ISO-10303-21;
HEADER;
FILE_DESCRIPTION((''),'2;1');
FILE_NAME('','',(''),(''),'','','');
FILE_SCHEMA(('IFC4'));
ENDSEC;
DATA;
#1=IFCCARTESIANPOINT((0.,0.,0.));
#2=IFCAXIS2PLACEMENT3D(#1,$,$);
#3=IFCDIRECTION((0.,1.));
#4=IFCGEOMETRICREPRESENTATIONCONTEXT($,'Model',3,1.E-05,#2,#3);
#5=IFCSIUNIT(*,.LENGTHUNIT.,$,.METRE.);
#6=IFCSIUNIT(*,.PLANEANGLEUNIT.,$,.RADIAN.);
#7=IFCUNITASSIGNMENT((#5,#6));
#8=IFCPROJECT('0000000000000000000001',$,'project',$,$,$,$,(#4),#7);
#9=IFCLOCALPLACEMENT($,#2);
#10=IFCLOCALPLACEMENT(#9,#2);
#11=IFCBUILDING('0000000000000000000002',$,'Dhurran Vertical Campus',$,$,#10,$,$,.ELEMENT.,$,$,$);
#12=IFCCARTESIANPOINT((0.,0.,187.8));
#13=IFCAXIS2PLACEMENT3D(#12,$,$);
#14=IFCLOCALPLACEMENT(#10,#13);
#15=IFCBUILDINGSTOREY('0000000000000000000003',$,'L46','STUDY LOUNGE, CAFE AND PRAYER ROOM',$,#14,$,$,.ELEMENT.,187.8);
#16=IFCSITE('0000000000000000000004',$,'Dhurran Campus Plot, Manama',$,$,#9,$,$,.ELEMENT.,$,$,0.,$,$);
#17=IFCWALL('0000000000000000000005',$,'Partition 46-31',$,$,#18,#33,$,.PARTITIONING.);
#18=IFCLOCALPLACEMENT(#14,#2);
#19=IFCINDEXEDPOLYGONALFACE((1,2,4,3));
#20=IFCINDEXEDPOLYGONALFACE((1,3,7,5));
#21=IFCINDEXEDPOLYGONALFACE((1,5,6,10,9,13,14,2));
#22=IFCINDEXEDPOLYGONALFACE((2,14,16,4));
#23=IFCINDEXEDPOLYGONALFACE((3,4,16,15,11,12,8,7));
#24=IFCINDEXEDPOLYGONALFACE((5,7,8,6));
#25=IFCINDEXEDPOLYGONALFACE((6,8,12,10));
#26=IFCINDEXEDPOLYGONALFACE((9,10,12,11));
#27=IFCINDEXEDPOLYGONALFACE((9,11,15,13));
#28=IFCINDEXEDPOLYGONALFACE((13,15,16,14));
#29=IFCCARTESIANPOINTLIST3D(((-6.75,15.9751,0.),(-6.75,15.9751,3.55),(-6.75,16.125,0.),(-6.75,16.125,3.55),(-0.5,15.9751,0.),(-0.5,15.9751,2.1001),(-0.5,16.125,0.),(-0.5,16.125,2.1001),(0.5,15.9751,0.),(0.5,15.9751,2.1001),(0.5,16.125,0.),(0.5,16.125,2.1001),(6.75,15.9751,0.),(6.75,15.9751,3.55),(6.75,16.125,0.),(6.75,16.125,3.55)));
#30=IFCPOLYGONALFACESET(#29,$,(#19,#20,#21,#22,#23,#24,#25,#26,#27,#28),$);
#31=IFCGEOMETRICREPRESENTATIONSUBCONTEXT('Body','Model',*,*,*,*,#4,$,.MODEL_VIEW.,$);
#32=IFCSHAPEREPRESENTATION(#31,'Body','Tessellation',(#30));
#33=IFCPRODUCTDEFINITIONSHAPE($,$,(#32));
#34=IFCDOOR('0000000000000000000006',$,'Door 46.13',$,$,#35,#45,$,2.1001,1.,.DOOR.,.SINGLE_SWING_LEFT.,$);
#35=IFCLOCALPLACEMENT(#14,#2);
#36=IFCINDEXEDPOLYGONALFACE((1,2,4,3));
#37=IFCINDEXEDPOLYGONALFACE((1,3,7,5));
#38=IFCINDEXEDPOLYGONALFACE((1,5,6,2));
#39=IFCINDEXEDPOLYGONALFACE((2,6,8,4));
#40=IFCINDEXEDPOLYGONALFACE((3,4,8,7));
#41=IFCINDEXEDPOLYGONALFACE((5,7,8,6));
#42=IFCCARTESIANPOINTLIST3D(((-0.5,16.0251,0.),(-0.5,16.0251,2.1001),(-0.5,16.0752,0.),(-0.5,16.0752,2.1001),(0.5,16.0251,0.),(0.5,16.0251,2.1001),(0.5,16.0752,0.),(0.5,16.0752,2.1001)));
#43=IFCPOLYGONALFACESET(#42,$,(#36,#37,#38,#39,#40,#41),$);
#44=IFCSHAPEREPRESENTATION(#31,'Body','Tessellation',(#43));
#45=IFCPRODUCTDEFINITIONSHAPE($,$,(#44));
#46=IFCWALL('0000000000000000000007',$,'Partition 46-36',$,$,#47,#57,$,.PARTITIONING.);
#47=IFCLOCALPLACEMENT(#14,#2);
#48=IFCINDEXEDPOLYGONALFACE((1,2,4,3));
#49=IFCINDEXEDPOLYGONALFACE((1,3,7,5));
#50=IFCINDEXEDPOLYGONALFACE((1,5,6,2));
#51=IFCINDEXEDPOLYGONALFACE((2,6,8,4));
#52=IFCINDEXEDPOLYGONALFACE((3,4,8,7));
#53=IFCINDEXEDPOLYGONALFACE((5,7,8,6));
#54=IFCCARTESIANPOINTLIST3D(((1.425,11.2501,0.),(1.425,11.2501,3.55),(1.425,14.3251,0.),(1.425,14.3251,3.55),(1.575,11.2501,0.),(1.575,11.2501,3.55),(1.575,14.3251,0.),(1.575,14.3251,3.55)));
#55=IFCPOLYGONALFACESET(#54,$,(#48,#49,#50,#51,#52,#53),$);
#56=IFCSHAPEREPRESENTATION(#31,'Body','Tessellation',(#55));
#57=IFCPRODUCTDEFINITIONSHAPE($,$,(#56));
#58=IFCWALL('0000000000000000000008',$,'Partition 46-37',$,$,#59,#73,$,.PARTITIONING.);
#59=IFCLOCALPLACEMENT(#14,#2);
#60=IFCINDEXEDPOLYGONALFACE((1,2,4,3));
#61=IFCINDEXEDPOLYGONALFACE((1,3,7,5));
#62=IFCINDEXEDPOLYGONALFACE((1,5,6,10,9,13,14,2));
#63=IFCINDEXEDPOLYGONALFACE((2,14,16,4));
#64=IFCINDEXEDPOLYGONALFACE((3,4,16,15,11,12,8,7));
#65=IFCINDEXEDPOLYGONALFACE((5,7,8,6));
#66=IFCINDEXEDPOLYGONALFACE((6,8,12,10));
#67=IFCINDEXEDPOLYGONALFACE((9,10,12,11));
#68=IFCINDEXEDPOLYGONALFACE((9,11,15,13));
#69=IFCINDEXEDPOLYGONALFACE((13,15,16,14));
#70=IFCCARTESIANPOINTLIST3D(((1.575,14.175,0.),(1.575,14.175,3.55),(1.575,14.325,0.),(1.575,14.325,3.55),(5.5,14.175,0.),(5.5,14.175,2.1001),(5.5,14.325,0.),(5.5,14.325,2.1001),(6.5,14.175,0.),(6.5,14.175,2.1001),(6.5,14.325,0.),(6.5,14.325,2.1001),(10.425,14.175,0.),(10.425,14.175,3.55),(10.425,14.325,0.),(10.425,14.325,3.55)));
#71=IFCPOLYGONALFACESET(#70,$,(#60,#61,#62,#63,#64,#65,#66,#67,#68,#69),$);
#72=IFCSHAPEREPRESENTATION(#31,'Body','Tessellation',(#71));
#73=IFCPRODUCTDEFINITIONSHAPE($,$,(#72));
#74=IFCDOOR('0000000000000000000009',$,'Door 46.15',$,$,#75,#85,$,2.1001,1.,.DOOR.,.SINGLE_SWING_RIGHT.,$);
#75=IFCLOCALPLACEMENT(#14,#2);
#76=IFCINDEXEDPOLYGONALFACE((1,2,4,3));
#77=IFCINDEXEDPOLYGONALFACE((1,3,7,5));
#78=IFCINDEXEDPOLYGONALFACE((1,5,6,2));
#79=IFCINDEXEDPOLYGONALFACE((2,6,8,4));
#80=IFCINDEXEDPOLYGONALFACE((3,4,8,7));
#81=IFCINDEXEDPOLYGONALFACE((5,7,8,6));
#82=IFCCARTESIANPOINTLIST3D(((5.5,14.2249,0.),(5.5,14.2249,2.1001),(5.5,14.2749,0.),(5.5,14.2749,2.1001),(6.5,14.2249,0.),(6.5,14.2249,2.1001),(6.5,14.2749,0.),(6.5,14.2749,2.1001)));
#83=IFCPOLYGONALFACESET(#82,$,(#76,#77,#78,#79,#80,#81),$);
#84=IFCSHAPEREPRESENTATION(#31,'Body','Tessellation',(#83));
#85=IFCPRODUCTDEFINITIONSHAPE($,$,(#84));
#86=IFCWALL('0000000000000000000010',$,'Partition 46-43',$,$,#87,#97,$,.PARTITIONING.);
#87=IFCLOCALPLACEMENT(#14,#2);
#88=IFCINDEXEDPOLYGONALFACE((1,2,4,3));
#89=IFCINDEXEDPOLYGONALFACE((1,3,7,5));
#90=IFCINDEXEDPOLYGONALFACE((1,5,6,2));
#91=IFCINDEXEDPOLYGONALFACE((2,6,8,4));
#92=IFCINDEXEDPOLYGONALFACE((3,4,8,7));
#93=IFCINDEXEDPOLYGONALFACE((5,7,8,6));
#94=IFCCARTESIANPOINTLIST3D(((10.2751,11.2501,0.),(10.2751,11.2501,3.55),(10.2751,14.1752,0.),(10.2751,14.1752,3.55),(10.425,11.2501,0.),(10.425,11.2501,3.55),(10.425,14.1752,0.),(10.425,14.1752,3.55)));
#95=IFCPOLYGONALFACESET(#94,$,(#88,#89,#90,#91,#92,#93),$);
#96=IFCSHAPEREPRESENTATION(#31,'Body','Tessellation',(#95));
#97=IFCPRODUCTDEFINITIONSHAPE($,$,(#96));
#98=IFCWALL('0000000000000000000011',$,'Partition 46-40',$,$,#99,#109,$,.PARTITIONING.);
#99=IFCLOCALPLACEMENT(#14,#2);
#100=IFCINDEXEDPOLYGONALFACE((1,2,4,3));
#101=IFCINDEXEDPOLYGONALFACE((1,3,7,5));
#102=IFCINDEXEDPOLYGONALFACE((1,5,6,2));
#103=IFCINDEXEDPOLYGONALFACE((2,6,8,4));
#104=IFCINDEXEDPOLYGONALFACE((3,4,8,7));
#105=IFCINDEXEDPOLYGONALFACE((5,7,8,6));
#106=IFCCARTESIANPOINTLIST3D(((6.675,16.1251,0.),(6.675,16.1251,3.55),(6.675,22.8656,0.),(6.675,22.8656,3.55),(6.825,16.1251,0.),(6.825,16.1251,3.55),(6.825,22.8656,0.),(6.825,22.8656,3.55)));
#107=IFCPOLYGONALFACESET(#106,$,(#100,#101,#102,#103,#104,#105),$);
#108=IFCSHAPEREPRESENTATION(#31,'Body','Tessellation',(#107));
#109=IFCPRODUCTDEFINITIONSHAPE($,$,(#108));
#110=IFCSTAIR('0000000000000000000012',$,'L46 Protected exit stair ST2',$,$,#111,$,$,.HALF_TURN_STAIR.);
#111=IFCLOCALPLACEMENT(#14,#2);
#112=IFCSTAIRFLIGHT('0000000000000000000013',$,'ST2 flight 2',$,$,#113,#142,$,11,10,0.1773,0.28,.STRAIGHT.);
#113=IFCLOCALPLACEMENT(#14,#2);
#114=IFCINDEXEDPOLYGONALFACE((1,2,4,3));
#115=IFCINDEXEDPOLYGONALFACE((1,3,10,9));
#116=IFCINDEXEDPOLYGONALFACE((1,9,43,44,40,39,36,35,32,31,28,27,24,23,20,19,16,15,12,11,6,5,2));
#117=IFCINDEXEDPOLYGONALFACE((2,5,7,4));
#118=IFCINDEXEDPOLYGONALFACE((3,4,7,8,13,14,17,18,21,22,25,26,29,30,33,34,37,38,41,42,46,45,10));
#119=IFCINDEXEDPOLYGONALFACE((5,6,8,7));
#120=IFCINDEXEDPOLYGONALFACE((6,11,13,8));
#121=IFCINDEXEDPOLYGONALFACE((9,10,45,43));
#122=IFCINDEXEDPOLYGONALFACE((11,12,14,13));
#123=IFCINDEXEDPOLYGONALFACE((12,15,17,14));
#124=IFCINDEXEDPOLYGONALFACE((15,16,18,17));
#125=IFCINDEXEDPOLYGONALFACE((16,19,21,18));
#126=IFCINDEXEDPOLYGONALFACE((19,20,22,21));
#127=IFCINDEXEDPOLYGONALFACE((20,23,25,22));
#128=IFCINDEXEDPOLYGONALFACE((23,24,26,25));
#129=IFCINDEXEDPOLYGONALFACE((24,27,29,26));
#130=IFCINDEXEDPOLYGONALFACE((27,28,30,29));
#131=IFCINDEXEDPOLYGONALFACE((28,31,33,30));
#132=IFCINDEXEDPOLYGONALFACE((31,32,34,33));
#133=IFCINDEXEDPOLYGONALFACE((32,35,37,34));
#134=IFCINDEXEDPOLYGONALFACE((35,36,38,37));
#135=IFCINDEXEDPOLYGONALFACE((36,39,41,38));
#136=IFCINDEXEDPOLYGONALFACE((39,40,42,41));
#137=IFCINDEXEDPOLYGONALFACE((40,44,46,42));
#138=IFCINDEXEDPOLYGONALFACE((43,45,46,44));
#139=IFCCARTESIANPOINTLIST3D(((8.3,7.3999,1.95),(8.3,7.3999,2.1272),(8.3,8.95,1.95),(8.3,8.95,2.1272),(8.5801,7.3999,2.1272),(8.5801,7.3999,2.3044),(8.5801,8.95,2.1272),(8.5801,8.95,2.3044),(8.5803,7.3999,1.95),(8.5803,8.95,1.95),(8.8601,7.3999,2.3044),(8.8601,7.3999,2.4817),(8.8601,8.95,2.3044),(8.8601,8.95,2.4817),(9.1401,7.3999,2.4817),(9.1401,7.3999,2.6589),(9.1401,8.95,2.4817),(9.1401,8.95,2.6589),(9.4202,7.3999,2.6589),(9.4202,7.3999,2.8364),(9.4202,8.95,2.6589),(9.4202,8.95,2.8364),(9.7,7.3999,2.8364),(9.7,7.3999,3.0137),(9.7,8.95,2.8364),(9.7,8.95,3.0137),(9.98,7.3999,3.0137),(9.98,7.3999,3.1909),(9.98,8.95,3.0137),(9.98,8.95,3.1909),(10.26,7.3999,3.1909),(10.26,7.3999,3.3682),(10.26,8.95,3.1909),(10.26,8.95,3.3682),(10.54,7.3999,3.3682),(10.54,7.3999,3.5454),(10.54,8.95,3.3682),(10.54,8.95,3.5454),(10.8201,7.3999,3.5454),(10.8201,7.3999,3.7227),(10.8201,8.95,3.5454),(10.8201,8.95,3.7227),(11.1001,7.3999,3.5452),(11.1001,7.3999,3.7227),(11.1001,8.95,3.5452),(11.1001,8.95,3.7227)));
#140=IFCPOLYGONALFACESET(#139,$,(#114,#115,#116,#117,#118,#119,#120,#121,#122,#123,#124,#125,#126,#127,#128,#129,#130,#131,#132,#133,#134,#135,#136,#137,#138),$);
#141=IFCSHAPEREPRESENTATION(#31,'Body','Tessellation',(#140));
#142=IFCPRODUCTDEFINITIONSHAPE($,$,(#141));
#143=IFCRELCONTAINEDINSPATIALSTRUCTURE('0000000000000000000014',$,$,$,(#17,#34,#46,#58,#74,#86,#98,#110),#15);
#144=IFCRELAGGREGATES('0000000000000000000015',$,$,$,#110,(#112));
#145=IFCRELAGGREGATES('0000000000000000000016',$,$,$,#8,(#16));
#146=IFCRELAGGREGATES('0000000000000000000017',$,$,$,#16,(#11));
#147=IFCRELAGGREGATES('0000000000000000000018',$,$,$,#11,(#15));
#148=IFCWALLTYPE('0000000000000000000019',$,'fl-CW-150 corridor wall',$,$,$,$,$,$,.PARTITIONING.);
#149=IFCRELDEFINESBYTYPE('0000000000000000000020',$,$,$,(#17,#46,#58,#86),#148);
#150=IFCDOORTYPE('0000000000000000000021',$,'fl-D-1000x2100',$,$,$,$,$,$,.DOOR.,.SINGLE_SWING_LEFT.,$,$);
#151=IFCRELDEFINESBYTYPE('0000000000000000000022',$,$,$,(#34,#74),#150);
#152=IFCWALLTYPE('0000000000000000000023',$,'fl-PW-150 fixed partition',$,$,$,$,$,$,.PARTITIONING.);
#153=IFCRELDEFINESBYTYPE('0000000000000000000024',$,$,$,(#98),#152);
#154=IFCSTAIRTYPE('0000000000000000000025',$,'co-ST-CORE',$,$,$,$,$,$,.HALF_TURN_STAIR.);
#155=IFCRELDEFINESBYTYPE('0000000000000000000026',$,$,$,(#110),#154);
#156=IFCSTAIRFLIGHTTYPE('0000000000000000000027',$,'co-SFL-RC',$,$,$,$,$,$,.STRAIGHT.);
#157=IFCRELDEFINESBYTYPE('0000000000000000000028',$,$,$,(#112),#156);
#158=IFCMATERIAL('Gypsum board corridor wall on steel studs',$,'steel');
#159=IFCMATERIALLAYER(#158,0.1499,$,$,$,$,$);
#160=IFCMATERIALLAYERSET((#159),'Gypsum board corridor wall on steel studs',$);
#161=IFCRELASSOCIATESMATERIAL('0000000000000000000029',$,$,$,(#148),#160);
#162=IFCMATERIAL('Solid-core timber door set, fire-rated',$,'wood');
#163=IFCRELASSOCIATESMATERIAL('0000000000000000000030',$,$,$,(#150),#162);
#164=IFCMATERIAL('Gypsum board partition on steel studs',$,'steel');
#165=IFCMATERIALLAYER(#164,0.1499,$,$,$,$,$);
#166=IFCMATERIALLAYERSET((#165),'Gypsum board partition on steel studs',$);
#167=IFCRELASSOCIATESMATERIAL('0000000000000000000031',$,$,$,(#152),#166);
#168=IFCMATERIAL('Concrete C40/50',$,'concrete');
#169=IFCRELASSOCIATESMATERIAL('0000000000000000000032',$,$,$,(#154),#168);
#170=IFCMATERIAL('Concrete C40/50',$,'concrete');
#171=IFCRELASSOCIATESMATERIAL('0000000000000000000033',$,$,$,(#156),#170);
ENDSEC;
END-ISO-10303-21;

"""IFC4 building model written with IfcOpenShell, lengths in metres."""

from ifc_helpers import new_model, si_unit, direction, frame, frame_2d, origin, place, context, subcontext, project, spatial, polyline, rectangle, outline, extrude, material, layer, layer_set, type_object, element, fill, aggregate, save


model = new_model("IFC4")

# Units and contexts
model_context = context("Model", 3, precision=1e-05, world=origin(), true_north=direction((0.0, 1.0)))
body_context = subcontext(model_context, "Body", "Model", "MODEL_VIEW")
ifc_project = project(units=[si_unit("LENGTHUNIT", "METRE"), si_unit("PLANEANGLEUNIT", "RADIAN")], contexts=[model_context])

# Site, building, storey
site_placement = place(None, origin())
site = spatial("IfcSite", under=ifc_project, at=site_placement, Name="Dhurran Campus Plot, Manama", CompositionType="ELEMENT", RefElevation=0.0)
building_placement = place(site_placement, origin())
building = spatial("IfcBuilding", under=site, at=building_placement, Name="Dhurran Vertical Campus", CompositionType="ELEMENT")
storey_placement = place(building_placement, frame((0.0, 0.0, 187.8)))
storey = spatial("IfcBuildingStorey", under=building, at=storey_placement, Name="L46", Description="STUDY LOUNGE, CAFE AND PRAYER ROOM", CompositionType="ELEMENT", Elevation=187.8)

# Wall, opening, door
ifc_material_1 = material(Name="Gypsum board corridor wall on steel studs", Category="steel")
ifc_layer_1 = layer(ifc_material_1, 0.1499)
ifc_layer_set_1 = layer_set([ifc_layer_1], Name="Gypsum board corridor wall on steel studs")
wall_type_1 = type_object("IfcWallType", Name="fl-CW-150 corridor wall", PredefinedType="PARTITIONING", material=ifc_layer_set_1)
wall_1_placement = place(storey_placement, frame((6.75, 16.05, 0.0), z_axis=(0.0, 0.0, 1.0), x_axis=(-1.0, 0.0, 0.0)))
wall_1 = element("IfcWall", 1, at=wall_1_placement, inside=storey, type_object=wall_type_1, Name="Partition 46-31", PredefinedType="PARTITIONING", context=body_context, shape_type="SweptSolid", body=[
    extrude(rectangle(XDim=13.5, YDim=0.1499, at=frame_2d((6.75, 0.0))), origin(), (0.0, 0.0, 1.0), 3.55),
])
opening_1_placement = place(wall_1_placement, frame((6.25, 0.0, 0.0)))
opening_1 = element("IfcOpeningElement", 2, at=opening_1_placement, cuts=wall_1, PredefinedType="OPENING", context=body_context, shape_type="SweptSolid", body=[
    extrude(rectangle(XDim=1.0, YDim=2.1001, at=frame_2d((0.5, 1.05))), frame((0.0, 0.085, 0.0), z_axis=(0.0, -1.0, 0.0), x_axis=(1.0, 0.0, 0.0)), (0.0, 0.0, 1.0), 0.1699),
])
ifc_material_2 = material(Name="Solid-core timber door set, fire-rated", Category="wood")
door_type_1 = type_object("IfcDoorType", Name="fl-D-1000x2100", OperationType="SINGLE_SWING_LEFT", PredefinedType="DOOR", material=ifc_material_2)
door_1_placement = place(opening_1_placement, origin())
door_1 = element("IfcDoor", 3, at=door_1_placement, inside=storey, type_object=door_type_1, Name="Door 46.13", OperationType="SINGLE_SWING_LEFT", OverallHeight=2.1001, OverallWidth=1.0, PredefinedType="DOOR", context=body_context, shape_type="SweptSolid", body=[
    extrude(rectangle(XDim=1.0, YDim=2.1001, at=frame_2d((0.5, 1.05))), frame((0.0, 0.0249, 0.0), z_axis=(0.0, -1.0, 0.0), x_axis=(1.0, 0.0, 0.0)), (0.0, 0.0, 1.0), 0.05),
])
fill(opening_1, door_1)

# Wall
wall_2_placement = place(storey_placement, frame((1.5, 11.25, 0.0), z_axis=(0.0, 0.0, 1.0), x_axis=(0.0, 1.0, 0.0)))
element("IfcWall", 4, at=wall_2_placement, inside=storey, type_object=wall_type_1, Name="Partition 46-36", PredefinedType="PARTITIONING", context=body_context, shape_type="SweptSolid", body=[
    extrude(rectangle(XDim=3.075, YDim=0.1499, at=frame_2d((1.5376, 0.0))), origin(), (0.0, 0.0, 1.0), 3.55),
])

# Wall, opening, door
wall_3_placement = place(storey_placement, frame((1.575, 14.25, 0.0), z_axis=(0.0, 0.0, 1.0), x_axis=(1.0, 0.0, 0.0)))
wall_3 = element("IfcWall", 5, at=wall_3_placement, inside=storey, type_object=wall_type_1, Name="Partition 46-37", PredefinedType="PARTITIONING", context=body_context, shape_type="SweptSolid", body=[
    extrude(rectangle(XDim=8.8501, YDim=0.1499, at=frame_2d((4.425, 0.0))), origin(), (0.0, 0.0, 1.0), 3.55),
])
opening_2_placement = place(wall_3_placement, frame((3.925, 0.0, 0.0)))
opening_2 = element("IfcOpeningElement", 6, at=opening_2_placement, cuts=wall_3, PredefinedType="OPENING", context=body_context, shape_type="SweptSolid", body=[
    extrude(rectangle(XDim=1.0, YDim=2.1001, at=frame_2d((0.5, 1.05))), frame((0.0, 0.085, 0.0), z_axis=(0.0, -1.0, 0.0), x_axis=(1.0, 0.0, 0.0)), (0.0, 0.0, 1.0), 0.1699),
])
door_2_placement = place(opening_2_placement, origin())
door_2 = element("IfcDoor", 7, at=door_2_placement, inside=storey, type_object=door_type_1, Name="Door 46.15", OperationType="SINGLE_SWING_RIGHT", OverallHeight=2.1001, OverallWidth=1.0, PredefinedType="DOOR", context=body_context, shape_type="SweptSolid", body=[
    extrude(rectangle(XDim=1.0, YDim=2.1001, at=frame_2d((0.5, 1.05))), frame((0.0, 0.0249, 0.0), z_axis=(0.0, -1.0, 0.0), x_axis=(1.0, 0.0, 0.0)), (0.0, 0.0, 1.0), 0.05),
])
fill(opening_2, door_2)

# Walls
wall_4_placement = place(storey_placement, frame((10.3501, 14.175, 0.0), z_axis=(0.0, 0.0, 1.0), x_axis=(0.0, -1.0, 0.0)))
element("IfcWall", 8, at=wall_4_placement, inside=storey, type_object=wall_type_1, Name="Partition 46-43", PredefinedType="PARTITIONING", context=body_context, shape_type="SweptSolid", body=[
    extrude(rectangle(XDim=2.925, YDim=0.1499, at=frame_2d((1.4624, 0.0))), origin(), (0.0, 0.0, 1.0), 3.55),
])
ifc_material_3 = material(Name="Gypsum board partition on steel studs", Category="steel")
ifc_layer_2 = layer(ifc_material_3, 0.1499)
ifc_layer_set_2 = layer_set([ifc_layer_2], Name="Gypsum board partition on steel studs")
wall_type_2 = type_object("IfcWallType", Name="fl-PW-150 fixed partition", PredefinedType="PARTITIONING", material=ifc_layer_set_2)
wall_5_placement = place(storey_placement, frame((6.75, 22.8655, 0.0), z_axis=(0.0, 0.0, 1.0), x_axis=(0.0, -1.0, 0.0)))
element("IfcWall", 9, at=wall_5_placement, inside=storey, type_object=wall_type_2, Name="Partition 46-40", PredefinedType="PARTITIONING", context=body_context, shape_type="SweptSolid", body=[
    extrude(rectangle(XDim=6.7405, YDim=0.1499, at=frame_2d((3.3701, 0.0))), origin(), (0.0, 0.0, 1.0), 3.55),
])

# Stair, stair flight
ifc_material_4 = material(Name="Concrete C40/50", Category="concrete")
stair_type = type_object("IfcStairType", Name="co-ST-CORE", PredefinedType="HALF_TURN_STAIR", material=ifc_material_4)
stair_placement = place(storey_placement, origin())
stair = element("IfcStair", 10, at=stair_placement, inside=storey, type_object=stair_type, Name="L46 Protected exit stair ST2", PredefinedType="HALF_TURN_STAIR")
ifc_material_5 = material(Name="Concrete C40/50", Category="concrete")
stair_flight_type = type_object("IfcStairFlightType", Name="co-SFL-RC", PredefinedType="STRAIGHT", material=ifc_material_5)
stair_flight_placement = place(storey_placement, frame((8.3, 8.175, 1.95), z_axis=(0.0, 0.0, 1.0), x_axis=(1.0, 0.0, 0.0)))
stair_flight = element("IfcStairFlight", 11, at=stair_flight_placement, type_object=stair_flight_type, Name="ST2 flight 2", NumberOfRisers=11, NumberOfTreads=10, PredefinedType="STRAIGHT", RiserHeight=0.1773, TreadLength=0.28, context=body_context, shape_type="SweptSolid", body=[
    extrude(outline(polyline([(0.0, 0.0), (0.0, 0.1772), (0.28, 0.1772), (0.28, 0.3545), (0.5601, 0.3545), (0.5601, 0.5317), (0.8401, 0.5317), (0.8401, 0.709), (1.1201, 0.709), (1.1201, 0.8865), (1.3999, 0.8865), (1.3999, 1.0637), (1.6799, 1.0637), (1.6799, 1.241), (1.96, 1.241), (1.96, 1.4182), (2.24, 1.4182), (2.24, 1.5955), (2.52, 1.5955), (2.52, 1.7727), (2.8, 1.7727), (2.8, 1.95), (2.8, 1.5952), (0.2803, 0.0), (0.0, 0.0)])), frame((0.0, 0.7749, 0.0), z_axis=(0.0, -1.0, 0.0), x_axis=(1.0, 0.0, 0.0)), (0.0, 0.0, 1.0), 1.55),
])
aggregate(stair, [stair_flight])

save(model, "model.ifc")
